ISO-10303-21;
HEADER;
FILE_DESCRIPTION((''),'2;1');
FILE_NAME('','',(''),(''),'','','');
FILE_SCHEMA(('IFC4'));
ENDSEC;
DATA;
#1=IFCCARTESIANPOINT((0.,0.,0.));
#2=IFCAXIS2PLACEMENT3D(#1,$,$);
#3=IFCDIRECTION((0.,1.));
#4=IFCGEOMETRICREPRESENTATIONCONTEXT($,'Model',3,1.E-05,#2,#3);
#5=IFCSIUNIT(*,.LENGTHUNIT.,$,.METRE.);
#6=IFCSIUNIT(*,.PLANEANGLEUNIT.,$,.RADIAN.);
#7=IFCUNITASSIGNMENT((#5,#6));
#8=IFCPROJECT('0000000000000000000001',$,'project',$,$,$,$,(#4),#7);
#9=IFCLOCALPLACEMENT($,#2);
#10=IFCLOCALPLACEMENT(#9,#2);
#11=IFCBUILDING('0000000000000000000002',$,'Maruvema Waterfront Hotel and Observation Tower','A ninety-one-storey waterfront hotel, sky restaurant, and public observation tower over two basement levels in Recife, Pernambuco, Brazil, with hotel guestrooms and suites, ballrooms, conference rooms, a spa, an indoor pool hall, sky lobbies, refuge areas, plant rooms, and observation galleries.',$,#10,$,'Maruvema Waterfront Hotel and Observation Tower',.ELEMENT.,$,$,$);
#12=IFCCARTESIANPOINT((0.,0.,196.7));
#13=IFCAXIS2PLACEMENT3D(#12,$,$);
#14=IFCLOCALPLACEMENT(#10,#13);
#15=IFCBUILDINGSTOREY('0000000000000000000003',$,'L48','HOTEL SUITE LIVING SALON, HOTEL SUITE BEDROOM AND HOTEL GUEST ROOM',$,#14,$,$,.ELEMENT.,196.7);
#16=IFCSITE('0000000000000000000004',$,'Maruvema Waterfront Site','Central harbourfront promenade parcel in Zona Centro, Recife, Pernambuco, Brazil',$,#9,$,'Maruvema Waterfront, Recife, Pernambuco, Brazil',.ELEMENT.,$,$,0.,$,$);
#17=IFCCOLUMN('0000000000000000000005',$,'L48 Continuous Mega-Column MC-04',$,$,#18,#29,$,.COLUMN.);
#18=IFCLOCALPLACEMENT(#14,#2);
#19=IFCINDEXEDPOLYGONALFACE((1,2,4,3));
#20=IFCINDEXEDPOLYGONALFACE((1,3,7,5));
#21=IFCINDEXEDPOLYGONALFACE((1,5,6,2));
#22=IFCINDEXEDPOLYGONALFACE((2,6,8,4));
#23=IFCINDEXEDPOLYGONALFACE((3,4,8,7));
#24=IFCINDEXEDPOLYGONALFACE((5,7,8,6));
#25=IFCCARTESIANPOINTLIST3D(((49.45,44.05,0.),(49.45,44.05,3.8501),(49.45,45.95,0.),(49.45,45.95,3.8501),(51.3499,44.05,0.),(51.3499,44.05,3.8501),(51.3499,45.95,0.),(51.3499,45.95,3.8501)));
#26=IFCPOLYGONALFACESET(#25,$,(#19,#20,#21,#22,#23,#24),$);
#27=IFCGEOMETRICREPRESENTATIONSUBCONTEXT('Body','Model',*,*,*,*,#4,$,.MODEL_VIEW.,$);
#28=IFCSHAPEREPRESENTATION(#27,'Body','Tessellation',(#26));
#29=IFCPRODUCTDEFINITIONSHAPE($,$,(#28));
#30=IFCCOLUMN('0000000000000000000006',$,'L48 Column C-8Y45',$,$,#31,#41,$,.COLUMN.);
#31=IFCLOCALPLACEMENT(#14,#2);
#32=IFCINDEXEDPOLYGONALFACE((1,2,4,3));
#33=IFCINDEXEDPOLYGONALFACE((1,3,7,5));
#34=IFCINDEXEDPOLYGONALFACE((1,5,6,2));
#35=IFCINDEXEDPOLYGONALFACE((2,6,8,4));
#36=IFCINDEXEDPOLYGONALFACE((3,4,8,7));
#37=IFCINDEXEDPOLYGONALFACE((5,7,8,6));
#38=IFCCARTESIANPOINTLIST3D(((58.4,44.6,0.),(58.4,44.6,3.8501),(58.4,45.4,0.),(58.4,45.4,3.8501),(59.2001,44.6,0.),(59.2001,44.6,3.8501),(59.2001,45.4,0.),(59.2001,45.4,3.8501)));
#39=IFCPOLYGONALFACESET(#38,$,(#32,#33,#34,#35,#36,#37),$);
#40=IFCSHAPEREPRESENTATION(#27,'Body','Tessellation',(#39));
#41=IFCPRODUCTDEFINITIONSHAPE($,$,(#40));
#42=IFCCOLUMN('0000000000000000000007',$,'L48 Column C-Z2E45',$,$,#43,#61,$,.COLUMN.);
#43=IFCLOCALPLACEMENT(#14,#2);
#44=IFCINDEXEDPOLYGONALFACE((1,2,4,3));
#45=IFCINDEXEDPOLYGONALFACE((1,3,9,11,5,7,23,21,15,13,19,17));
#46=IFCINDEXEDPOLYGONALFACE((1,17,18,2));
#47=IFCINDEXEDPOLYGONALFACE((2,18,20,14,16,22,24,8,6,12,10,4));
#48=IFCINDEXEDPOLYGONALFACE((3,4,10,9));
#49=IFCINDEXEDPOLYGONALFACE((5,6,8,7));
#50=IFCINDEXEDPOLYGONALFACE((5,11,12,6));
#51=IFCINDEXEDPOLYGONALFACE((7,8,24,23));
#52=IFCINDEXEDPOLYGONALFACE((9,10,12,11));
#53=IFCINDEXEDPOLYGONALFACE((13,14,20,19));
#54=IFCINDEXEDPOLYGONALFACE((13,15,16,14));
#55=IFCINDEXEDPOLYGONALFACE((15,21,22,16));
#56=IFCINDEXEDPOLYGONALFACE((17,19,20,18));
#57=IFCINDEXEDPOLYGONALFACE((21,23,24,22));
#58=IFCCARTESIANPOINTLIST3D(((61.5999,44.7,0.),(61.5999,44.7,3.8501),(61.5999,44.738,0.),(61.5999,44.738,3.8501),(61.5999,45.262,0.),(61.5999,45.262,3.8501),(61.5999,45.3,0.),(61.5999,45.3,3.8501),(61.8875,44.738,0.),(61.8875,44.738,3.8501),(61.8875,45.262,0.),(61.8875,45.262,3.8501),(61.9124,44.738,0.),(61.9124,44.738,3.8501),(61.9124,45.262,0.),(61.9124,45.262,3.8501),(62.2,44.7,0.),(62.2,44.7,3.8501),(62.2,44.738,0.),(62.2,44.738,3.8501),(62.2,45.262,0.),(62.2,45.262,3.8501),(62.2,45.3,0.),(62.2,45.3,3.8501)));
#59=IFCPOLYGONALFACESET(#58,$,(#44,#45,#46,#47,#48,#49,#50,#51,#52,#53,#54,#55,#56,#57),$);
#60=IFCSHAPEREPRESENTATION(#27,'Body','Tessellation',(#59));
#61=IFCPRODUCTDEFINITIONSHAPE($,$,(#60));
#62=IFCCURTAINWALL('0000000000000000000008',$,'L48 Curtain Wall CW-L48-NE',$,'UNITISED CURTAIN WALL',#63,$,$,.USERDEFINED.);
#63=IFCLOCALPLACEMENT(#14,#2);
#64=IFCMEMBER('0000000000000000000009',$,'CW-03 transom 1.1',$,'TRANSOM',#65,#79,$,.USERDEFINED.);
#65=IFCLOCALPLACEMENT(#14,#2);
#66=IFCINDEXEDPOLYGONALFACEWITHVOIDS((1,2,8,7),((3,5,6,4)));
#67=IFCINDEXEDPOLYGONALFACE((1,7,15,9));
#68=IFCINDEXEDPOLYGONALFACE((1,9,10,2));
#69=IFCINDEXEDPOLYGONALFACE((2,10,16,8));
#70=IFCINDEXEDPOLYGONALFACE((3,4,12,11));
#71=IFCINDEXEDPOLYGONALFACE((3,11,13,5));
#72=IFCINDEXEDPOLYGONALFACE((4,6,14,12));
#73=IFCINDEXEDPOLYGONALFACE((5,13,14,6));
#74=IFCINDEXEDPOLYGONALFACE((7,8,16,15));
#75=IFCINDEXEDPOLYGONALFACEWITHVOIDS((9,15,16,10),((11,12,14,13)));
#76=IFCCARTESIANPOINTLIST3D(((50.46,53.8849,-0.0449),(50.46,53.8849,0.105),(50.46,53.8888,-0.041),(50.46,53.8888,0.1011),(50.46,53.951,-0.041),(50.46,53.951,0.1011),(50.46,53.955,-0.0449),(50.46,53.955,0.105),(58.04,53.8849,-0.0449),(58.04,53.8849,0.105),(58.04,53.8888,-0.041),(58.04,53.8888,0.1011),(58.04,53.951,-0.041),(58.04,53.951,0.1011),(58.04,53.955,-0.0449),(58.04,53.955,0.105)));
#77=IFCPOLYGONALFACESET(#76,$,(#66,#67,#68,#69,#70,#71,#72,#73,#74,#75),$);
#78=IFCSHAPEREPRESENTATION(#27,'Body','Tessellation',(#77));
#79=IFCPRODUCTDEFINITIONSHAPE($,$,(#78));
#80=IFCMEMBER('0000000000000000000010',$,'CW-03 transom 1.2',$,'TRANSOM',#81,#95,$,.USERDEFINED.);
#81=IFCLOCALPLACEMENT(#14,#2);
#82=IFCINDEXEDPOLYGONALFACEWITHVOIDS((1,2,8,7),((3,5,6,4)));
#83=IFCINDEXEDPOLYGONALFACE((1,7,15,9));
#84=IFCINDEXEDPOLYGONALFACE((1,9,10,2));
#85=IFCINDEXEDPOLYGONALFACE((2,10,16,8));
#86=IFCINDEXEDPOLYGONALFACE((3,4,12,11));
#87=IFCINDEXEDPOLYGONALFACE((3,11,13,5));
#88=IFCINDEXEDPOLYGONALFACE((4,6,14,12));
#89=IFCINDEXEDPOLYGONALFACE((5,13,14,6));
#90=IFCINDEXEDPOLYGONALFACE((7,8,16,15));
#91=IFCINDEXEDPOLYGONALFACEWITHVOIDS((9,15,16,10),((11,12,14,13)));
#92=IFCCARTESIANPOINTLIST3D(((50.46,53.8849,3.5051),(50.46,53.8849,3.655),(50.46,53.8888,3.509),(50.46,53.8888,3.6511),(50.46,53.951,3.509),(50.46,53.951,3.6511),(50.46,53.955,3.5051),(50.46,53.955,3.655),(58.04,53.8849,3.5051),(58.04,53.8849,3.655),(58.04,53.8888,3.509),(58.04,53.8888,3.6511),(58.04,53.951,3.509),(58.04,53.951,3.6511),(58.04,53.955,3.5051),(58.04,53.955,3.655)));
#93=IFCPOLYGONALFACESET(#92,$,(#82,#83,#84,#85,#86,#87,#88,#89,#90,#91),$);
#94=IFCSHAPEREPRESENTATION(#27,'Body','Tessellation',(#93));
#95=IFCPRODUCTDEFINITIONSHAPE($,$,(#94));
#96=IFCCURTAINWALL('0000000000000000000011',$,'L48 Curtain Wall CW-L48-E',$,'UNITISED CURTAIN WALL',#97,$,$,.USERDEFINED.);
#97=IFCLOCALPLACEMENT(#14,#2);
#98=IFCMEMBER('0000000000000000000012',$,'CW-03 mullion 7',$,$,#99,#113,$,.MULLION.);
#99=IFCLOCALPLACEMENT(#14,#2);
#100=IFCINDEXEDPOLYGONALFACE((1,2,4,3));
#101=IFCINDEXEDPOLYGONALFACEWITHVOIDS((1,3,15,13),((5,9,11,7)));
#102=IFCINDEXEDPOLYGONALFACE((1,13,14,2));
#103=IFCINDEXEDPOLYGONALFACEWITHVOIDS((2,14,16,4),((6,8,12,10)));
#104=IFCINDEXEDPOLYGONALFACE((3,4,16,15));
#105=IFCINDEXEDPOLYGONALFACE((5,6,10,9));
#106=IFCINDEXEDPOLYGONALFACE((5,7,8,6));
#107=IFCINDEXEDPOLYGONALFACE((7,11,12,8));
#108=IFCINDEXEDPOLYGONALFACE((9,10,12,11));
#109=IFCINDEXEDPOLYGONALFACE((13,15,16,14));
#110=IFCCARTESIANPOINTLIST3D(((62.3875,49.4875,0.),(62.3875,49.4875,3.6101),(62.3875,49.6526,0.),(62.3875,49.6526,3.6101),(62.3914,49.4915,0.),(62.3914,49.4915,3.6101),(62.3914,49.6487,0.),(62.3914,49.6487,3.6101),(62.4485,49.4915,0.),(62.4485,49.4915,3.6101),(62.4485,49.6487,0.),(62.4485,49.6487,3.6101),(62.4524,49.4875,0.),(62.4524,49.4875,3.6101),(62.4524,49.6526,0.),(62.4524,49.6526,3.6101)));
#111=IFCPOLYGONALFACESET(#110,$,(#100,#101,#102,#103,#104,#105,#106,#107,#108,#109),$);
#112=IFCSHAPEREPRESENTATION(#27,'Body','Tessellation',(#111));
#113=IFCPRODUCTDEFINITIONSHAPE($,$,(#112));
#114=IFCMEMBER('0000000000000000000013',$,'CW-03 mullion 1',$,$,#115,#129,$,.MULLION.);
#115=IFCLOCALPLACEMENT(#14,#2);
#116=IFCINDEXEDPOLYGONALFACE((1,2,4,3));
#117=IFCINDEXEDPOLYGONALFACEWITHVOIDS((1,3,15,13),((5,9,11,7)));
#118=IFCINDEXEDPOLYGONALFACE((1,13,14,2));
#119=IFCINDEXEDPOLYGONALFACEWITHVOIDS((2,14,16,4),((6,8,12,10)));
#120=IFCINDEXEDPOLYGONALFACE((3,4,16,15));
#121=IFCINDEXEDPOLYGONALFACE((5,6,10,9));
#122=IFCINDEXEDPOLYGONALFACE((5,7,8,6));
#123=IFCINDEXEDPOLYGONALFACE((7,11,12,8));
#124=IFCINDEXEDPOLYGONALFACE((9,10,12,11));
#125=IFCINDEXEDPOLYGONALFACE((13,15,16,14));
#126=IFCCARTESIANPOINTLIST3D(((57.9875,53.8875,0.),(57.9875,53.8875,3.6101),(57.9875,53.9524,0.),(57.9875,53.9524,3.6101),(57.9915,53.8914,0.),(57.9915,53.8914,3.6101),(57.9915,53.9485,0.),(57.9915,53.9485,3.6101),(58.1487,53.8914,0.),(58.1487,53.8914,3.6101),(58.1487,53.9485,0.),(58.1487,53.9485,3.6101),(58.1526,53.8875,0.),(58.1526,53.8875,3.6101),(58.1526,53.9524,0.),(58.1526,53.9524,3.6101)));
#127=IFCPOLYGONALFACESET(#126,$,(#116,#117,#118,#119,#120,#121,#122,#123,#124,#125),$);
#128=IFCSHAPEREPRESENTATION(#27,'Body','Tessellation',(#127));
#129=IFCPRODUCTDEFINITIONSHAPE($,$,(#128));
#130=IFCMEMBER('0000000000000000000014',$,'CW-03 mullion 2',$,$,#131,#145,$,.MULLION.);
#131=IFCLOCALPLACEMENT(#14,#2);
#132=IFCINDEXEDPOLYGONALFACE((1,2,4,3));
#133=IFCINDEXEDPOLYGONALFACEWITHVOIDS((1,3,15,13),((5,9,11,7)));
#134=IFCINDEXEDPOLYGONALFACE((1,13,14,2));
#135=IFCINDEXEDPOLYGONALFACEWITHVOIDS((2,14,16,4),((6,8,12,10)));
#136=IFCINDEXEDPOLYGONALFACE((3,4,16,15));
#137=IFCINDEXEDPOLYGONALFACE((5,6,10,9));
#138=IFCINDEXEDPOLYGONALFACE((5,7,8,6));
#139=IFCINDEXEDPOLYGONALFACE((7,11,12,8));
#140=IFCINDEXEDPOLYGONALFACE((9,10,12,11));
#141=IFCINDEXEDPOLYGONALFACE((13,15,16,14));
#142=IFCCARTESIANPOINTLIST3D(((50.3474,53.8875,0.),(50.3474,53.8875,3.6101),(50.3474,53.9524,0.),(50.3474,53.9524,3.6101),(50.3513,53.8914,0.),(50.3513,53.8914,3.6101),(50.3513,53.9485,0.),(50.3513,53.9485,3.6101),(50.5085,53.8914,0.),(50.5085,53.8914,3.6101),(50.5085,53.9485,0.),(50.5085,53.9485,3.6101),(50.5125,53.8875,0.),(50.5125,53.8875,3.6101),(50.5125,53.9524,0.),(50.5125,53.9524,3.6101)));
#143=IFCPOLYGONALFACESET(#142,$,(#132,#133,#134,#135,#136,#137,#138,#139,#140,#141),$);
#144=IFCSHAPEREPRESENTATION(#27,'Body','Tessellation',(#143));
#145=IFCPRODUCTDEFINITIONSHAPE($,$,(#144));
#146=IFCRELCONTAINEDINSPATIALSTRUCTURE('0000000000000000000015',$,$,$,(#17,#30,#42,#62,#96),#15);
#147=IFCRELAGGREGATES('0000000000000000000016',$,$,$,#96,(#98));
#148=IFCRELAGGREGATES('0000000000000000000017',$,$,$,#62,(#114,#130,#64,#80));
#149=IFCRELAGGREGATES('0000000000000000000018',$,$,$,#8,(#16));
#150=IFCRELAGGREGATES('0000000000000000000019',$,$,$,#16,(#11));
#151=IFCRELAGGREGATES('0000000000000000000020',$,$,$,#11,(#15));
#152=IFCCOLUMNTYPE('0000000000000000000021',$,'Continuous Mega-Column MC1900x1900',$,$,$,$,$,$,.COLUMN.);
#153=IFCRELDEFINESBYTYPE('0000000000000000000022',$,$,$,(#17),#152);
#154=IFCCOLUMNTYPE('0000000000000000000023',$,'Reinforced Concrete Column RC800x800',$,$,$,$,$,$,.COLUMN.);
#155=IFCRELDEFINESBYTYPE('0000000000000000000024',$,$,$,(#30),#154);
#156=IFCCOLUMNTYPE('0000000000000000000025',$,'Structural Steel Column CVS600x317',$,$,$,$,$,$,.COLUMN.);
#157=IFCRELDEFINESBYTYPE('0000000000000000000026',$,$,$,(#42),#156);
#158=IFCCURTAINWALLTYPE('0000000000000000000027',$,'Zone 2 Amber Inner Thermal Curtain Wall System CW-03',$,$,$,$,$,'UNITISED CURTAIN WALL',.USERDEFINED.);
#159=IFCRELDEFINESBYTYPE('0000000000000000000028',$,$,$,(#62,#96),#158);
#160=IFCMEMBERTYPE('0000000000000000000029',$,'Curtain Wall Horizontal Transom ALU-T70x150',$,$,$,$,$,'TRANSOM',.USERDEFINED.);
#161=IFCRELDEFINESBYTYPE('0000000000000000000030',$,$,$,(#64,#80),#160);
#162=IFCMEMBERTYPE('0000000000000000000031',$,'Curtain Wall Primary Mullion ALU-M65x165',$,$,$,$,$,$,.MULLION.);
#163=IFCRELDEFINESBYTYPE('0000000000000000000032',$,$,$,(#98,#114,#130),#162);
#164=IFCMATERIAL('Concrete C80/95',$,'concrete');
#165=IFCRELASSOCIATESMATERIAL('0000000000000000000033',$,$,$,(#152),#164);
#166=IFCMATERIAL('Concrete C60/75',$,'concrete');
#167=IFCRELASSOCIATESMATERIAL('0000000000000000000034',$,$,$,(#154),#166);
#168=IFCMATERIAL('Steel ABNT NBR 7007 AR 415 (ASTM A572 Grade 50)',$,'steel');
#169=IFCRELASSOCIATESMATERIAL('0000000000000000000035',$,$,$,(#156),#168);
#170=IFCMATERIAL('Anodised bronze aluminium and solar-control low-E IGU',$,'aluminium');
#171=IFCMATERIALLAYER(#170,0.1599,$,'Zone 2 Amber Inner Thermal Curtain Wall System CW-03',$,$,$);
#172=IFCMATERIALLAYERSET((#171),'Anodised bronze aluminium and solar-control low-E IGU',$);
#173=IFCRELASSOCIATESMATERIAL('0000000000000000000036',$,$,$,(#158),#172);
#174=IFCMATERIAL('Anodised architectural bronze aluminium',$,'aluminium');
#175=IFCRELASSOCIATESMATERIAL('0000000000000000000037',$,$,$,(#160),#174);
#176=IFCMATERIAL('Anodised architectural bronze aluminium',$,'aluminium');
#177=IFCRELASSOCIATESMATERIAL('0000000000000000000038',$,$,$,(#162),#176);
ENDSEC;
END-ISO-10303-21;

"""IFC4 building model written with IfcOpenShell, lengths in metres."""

from ifc_helpers import new_model, si_unit, direction, frame, origin, origin_2d, place, context, subcontext, project, spatial, rectangle, hollow_rectangle, i_section, extrude, material, layer, layer_set, material_profile, profile_set, type_object, element, aggregate, save


model = new_model("IFC4")

# Units and contexts
model_context = context("Model", 3, precision=1e-05, world=origin(), true_north=direction((0.0, 1.0)))
body_context = subcontext(model_context, "Body", "Model", "MODEL_VIEW")
ifc_project = project(units=[si_unit("LENGTHUNIT", "METRE"), si_unit("PLANEANGLEUNIT", "RADIAN")], contexts=[model_context])

# Site, building, storey
site_placement = place(None, origin())
site = spatial("IfcSite", under=ifc_project, at=site_placement, Name="Maruvema Waterfront Site", Description="Central harbourfront promenade parcel in Zona Centro, Recife, Pernambuco, Brazil", LongName="Maruvema Waterfront, Recife, Pernambuco, Brazil", CompositionType="ELEMENT", RefElevation=0.0)
building_placement = place(site_placement, origin())
building = spatial("IfcBuilding", under=site, at=building_placement, Name="Maruvema Waterfront Hotel and Observation Tower", Description="A ninety-one-storey waterfront hotel, sky restaurant, and public observation tower over two basement levels in Recife, Pernambuco, Brazil, with hotel guestrooms and suites, ballrooms, conference rooms, a spa, an indoor pool hall, sky lobbies, refuge areas, plant rooms, and observation galleries.", LongName="Maruvema Waterfront Hotel and Observation Tower", CompositionType="ELEMENT")
storey_placement = place(building_placement, frame((0.0, 0.0, 196.7)))
storey = spatial("IfcBuildingStorey", under=building, at=storey_placement, Name="L48", Description="HOTEL SUITE LIVING SALON, HOTEL SUITE BEDROOM AND HOTEL GUEST ROOM", CompositionType="ELEMENT", Elevation=196.7)

# Columns
ifc_material_1 = material(Name="Concrete C80/95", Category="concrete")
ifc_material_profile_1 = material_profile(ifc_material_1, rectangle(XDim=1.8999, YDim=1.8999, at=origin_2d()), Name="MC1900x1900")
ifc_profile_set_1 = profile_set([ifc_material_profile_1], Name="Concrete C80/95")
column_type_1 = type_object("IfcColumnType", Name="Continuous Mega-Column MC1900x1900", PredefinedType="COLUMN", material=ifc_profile_set_1)
column_1_placement = place(storey_placement, frame((50.3999, 45.0, 0.0), z_axis=(0.0, 0.0, 1.0), x_axis=(1.0, 0.0, 0.0)))
element("IfcColumn", 1, at=column_1_placement, inside=storey, type_object=column_type_1, Name="L48 Continuous Mega-Column MC-04", PredefinedType="COLUMN", context=body_context, shape_type="SweptSolid", body=[
    extrude(rectangle(XDim=1.8999, YDim=1.8999, at=origin_2d()), origin(), (0.0, 0.0, 1.0), 3.8501),
])
ifc_material_2 = material(Name="Concrete C60/75", Category="concrete")
ifc_material_profile_2 = material_profile(ifc_material_2, rectangle(XDim=0.8, YDim=0.8, at=origin_2d()), Name="RC800x800")
ifc_profile_set_2 = profile_set([ifc_material_profile_2], Name="Concrete C60/75")
column_type_2 = type_object("IfcColumnType", Name="Reinforced Concrete Column RC800x800", PredefinedType="COLUMN", material=ifc_profile_set_2)
column_2_placement = place(storey_placement, frame((58.8, 45.0, 0.0), z_axis=(0.0, 0.0, 1.0), x_axis=(1.0, 0.0, 0.0)))
element("IfcColumn", 2, at=column_2_placement, inside=storey, type_object=column_type_2, Name="L48 Column C-8Y45", PredefinedType="COLUMN", context=body_context, shape_type="SweptSolid", body=[
    extrude(rectangle(XDim=0.8, YDim=0.8, at=origin_2d()), origin(), (0.0, 0.0, 1.0), 3.8501),
])
ifc_material_3 = material(Name="Steel ABNT NBR 7007 AR 415 (ASTM A572 Grade 50)", Category="steel")
ifc_material_profile_3 = material_profile(ifc_material_3, i_section(OverallWidth=0.6001, OverallDepth=0.6001, WebThickness=0.0249, FlangeThickness=0.0381, at=origin_2d()), Name="CVS600x317")
ifc_profile_set_3 = profile_set([ifc_material_profile_3], Name="Steel ABNT NBR 7007 AR 415 (ASTM A572 Grade 50)")
column_type_3 = type_object("IfcColumnType", Name="Structural Steel Column CVS600x317", PredefinedType="COLUMN", material=ifc_profile_set_3)
column_3_placement = place(storey_placement, frame((61.8999, 45.0, 0.0), z_axis=(0.0, 0.0, 1.0), x_axis=(1.0, 0.0, 0.0)))
element("IfcColumn", 3, at=column_3_placement, inside=storey, type_object=column_type_3, Name="L48 Column C-Z2E45", PredefinedType="COLUMN", context=body_context, shape_type="SweptSolid", body=[
    extrude(i_section(OverallWidth=0.6001, OverallDepth=0.6001, WebThickness=0.0249, FlangeThickness=0.0381, at=origin_2d()), origin(), (0.0, 0.0, 1.0), 3.8501),
])

# Curtain wall, members
ifc_material_4 = material(Name="Anodised bronze aluminium and solar-control low-E IGU", Category="aluminium")
ifc_layer_1 = layer(ifc_material_4, 0.1599, Name="Zone 2 Amber Inner Thermal Curtain Wall System CW-03")
ifc_layer_set_1 = layer_set([ifc_layer_1], Name="Anodised bronze aluminium and solar-control low-E IGU")
curtain_wall_type = type_object("IfcCurtainWallType", Name="Zone 2 Amber Inner Thermal Curtain Wall System CW-03", ElementType="UNITISED CURTAIN WALL", PredefinedType="USERDEFINED", material=ifc_layer_set_1)
curtain_wall_1_placement = place(storey_placement, origin())
curtain_wall_1 = element("IfcCurtainWall", 4, at=curtain_wall_1_placement, inside=storey, type_object=curtain_wall_type, Name="L48 Curtain Wall CW-L48-NE", ObjectType="UNITISED CURTAIN WALL", PredefinedType="USERDEFINED")
ifc_material_5 = material(Name="Anodised architectural bronze aluminium", Category="aluminium")
ifc_material_profile_4 = material_profile(ifc_material_5, hollow_rectangle(XDim=0.0701, YDim=0.1499, WallThickness=0.0039, at=origin_2d()), Name="ALU-T70x150")
ifc_profile_set_4 = profile_set([ifc_material_profile_4], Name="Anodised architectural bronze aluminium")
member_type_1 = type_object("IfcMemberType", Name="Curtain Wall Horizontal Transom ALU-T70x150", ElementType="TRANSOM", PredefinedType="USERDEFINED", material=ifc_profile_set_4)
member_1_placement = place(storey_placement, frame((58.04, 53.9199, 0.03), z_axis=(-1.0, 0.0, 0.0), x_axis=(0.0, -1.0, 0.0)))
member_1 = element("IfcMember", 5, at=member_1_placement, type_object=member_type_1, Name="CW-03 transom 1.1", ObjectType="TRANSOM", PredefinedType="USERDEFINED", context=body_context, shape_type="SweptSolid", body=[
    extrude(hollow_rectangle(XDim=0.0701, YDim=0.1499, WallThickness=0.0039, at=origin_2d()), origin(), (0.0, 0.0, 1.0), 7.5801),
])
member_2_placement = place(storey_placement, frame((58.04, 53.9199, 3.5801), z_axis=(-1.0, 0.0, 0.0), x_axis=(0.0, -1.0, 0.0)))
member_2 = element("IfcMember", 6, at=member_2_placement, type_object=member_type_1, Name="CW-03 transom 1.2", ObjectType="TRANSOM", PredefinedType="USERDEFINED", context=body_context, shape_type="SweptSolid", body=[
    extrude(hollow_rectangle(XDim=0.0701, YDim=0.1499, WallThickness=0.0039, at=origin_2d()), origin(), (0.0, 0.0, 1.0), 7.5801),
])

# Curtain wall, member
curtain_wall_2_placement = place(storey_placement, origin())
curtain_wall_2 = element("IfcCurtainWall", 7, at=curtain_wall_2_placement, inside=storey, type_object=curtain_wall_type, Name="L48 Curtain Wall CW-L48-E", ObjectType="UNITISED CURTAIN WALL", PredefinedType="USERDEFINED")
ifc_material_6 = material(Name="Anodised architectural bronze aluminium", Category="aluminium")
ifc_material_profile_5 = material_profile(ifc_material_6, hollow_rectangle(XDim=0.0649, YDim=0.165, WallThickness=0.0039, at=origin_2d()), Name="ALU-M65x165")
ifc_profile_set_5 = profile_set([ifc_material_profile_5], Name="Anodised architectural bronze aluminium")
member_type_2 = type_object("IfcMemberType", Name="Curtain Wall Primary Mullion ALU-M65x165", PredefinedType="MULLION", material=ifc_profile_set_5)
member_3_placement = place(storey_placement, frame((62.4199, 49.5701, 0.0), z_axis=(0.0, 0.0, 1.0), x_axis=(-1.0, 0.0, 0.0)))
member_3 = element("IfcMember", 8, at=member_3_placement, type_object=member_type_2, Name="CW-03 mullion 7", PredefinedType="MULLION", context=body_context, shape_type="SweptSolid", body=[
    extrude(hollow_rectangle(XDim=0.0649, YDim=0.165, WallThickness=0.0039, at=origin_2d()), origin(), (0.0, 0.0, 1.0), 3.6101),
])

# Members
member_4_placement = place(storey_placement, frame((58.0701, 53.9199, 0.0), z_axis=(0.0, 0.0, 1.0), x_axis=(0.0, -1.0, 0.0)))
member_4 = element("IfcMember", 9, at=member_4_placement, type_object=member_type_2, Name="CW-03 mullion 1", PredefinedType="MULLION", context=body_context, shape_type="SweptSolid", body=[
    extrude(hollow_rectangle(XDim=0.0649, YDim=0.165, WallThickness=0.0039, at=origin_2d()), origin(), (0.0, 0.0, 1.0), 3.6101),
])
member_5_placement = place(storey_placement, frame((50.4299, 53.9199, 0.0), z_axis=(0.0, 0.0, 1.0), x_axis=(0.0, -1.0, 0.0)))
member_5 = element("IfcMember", 10, at=member_5_placement, type_object=member_type_2, Name="CW-03 mullion 2", PredefinedType="MULLION", context=body_context, shape_type="SweptSolid", body=[
    extrude(hollow_rectangle(XDim=0.0649, YDim=0.165, WallThickness=0.0039, at=origin_2d()), origin(), (0.0, 0.0, 1.0), 3.6101),
])

aggregate(curtain_wall_2, [member_3])
aggregate(curtain_wall_1, [member_4, member_5, member_1, member_2])

save(model, "model.ifc")
